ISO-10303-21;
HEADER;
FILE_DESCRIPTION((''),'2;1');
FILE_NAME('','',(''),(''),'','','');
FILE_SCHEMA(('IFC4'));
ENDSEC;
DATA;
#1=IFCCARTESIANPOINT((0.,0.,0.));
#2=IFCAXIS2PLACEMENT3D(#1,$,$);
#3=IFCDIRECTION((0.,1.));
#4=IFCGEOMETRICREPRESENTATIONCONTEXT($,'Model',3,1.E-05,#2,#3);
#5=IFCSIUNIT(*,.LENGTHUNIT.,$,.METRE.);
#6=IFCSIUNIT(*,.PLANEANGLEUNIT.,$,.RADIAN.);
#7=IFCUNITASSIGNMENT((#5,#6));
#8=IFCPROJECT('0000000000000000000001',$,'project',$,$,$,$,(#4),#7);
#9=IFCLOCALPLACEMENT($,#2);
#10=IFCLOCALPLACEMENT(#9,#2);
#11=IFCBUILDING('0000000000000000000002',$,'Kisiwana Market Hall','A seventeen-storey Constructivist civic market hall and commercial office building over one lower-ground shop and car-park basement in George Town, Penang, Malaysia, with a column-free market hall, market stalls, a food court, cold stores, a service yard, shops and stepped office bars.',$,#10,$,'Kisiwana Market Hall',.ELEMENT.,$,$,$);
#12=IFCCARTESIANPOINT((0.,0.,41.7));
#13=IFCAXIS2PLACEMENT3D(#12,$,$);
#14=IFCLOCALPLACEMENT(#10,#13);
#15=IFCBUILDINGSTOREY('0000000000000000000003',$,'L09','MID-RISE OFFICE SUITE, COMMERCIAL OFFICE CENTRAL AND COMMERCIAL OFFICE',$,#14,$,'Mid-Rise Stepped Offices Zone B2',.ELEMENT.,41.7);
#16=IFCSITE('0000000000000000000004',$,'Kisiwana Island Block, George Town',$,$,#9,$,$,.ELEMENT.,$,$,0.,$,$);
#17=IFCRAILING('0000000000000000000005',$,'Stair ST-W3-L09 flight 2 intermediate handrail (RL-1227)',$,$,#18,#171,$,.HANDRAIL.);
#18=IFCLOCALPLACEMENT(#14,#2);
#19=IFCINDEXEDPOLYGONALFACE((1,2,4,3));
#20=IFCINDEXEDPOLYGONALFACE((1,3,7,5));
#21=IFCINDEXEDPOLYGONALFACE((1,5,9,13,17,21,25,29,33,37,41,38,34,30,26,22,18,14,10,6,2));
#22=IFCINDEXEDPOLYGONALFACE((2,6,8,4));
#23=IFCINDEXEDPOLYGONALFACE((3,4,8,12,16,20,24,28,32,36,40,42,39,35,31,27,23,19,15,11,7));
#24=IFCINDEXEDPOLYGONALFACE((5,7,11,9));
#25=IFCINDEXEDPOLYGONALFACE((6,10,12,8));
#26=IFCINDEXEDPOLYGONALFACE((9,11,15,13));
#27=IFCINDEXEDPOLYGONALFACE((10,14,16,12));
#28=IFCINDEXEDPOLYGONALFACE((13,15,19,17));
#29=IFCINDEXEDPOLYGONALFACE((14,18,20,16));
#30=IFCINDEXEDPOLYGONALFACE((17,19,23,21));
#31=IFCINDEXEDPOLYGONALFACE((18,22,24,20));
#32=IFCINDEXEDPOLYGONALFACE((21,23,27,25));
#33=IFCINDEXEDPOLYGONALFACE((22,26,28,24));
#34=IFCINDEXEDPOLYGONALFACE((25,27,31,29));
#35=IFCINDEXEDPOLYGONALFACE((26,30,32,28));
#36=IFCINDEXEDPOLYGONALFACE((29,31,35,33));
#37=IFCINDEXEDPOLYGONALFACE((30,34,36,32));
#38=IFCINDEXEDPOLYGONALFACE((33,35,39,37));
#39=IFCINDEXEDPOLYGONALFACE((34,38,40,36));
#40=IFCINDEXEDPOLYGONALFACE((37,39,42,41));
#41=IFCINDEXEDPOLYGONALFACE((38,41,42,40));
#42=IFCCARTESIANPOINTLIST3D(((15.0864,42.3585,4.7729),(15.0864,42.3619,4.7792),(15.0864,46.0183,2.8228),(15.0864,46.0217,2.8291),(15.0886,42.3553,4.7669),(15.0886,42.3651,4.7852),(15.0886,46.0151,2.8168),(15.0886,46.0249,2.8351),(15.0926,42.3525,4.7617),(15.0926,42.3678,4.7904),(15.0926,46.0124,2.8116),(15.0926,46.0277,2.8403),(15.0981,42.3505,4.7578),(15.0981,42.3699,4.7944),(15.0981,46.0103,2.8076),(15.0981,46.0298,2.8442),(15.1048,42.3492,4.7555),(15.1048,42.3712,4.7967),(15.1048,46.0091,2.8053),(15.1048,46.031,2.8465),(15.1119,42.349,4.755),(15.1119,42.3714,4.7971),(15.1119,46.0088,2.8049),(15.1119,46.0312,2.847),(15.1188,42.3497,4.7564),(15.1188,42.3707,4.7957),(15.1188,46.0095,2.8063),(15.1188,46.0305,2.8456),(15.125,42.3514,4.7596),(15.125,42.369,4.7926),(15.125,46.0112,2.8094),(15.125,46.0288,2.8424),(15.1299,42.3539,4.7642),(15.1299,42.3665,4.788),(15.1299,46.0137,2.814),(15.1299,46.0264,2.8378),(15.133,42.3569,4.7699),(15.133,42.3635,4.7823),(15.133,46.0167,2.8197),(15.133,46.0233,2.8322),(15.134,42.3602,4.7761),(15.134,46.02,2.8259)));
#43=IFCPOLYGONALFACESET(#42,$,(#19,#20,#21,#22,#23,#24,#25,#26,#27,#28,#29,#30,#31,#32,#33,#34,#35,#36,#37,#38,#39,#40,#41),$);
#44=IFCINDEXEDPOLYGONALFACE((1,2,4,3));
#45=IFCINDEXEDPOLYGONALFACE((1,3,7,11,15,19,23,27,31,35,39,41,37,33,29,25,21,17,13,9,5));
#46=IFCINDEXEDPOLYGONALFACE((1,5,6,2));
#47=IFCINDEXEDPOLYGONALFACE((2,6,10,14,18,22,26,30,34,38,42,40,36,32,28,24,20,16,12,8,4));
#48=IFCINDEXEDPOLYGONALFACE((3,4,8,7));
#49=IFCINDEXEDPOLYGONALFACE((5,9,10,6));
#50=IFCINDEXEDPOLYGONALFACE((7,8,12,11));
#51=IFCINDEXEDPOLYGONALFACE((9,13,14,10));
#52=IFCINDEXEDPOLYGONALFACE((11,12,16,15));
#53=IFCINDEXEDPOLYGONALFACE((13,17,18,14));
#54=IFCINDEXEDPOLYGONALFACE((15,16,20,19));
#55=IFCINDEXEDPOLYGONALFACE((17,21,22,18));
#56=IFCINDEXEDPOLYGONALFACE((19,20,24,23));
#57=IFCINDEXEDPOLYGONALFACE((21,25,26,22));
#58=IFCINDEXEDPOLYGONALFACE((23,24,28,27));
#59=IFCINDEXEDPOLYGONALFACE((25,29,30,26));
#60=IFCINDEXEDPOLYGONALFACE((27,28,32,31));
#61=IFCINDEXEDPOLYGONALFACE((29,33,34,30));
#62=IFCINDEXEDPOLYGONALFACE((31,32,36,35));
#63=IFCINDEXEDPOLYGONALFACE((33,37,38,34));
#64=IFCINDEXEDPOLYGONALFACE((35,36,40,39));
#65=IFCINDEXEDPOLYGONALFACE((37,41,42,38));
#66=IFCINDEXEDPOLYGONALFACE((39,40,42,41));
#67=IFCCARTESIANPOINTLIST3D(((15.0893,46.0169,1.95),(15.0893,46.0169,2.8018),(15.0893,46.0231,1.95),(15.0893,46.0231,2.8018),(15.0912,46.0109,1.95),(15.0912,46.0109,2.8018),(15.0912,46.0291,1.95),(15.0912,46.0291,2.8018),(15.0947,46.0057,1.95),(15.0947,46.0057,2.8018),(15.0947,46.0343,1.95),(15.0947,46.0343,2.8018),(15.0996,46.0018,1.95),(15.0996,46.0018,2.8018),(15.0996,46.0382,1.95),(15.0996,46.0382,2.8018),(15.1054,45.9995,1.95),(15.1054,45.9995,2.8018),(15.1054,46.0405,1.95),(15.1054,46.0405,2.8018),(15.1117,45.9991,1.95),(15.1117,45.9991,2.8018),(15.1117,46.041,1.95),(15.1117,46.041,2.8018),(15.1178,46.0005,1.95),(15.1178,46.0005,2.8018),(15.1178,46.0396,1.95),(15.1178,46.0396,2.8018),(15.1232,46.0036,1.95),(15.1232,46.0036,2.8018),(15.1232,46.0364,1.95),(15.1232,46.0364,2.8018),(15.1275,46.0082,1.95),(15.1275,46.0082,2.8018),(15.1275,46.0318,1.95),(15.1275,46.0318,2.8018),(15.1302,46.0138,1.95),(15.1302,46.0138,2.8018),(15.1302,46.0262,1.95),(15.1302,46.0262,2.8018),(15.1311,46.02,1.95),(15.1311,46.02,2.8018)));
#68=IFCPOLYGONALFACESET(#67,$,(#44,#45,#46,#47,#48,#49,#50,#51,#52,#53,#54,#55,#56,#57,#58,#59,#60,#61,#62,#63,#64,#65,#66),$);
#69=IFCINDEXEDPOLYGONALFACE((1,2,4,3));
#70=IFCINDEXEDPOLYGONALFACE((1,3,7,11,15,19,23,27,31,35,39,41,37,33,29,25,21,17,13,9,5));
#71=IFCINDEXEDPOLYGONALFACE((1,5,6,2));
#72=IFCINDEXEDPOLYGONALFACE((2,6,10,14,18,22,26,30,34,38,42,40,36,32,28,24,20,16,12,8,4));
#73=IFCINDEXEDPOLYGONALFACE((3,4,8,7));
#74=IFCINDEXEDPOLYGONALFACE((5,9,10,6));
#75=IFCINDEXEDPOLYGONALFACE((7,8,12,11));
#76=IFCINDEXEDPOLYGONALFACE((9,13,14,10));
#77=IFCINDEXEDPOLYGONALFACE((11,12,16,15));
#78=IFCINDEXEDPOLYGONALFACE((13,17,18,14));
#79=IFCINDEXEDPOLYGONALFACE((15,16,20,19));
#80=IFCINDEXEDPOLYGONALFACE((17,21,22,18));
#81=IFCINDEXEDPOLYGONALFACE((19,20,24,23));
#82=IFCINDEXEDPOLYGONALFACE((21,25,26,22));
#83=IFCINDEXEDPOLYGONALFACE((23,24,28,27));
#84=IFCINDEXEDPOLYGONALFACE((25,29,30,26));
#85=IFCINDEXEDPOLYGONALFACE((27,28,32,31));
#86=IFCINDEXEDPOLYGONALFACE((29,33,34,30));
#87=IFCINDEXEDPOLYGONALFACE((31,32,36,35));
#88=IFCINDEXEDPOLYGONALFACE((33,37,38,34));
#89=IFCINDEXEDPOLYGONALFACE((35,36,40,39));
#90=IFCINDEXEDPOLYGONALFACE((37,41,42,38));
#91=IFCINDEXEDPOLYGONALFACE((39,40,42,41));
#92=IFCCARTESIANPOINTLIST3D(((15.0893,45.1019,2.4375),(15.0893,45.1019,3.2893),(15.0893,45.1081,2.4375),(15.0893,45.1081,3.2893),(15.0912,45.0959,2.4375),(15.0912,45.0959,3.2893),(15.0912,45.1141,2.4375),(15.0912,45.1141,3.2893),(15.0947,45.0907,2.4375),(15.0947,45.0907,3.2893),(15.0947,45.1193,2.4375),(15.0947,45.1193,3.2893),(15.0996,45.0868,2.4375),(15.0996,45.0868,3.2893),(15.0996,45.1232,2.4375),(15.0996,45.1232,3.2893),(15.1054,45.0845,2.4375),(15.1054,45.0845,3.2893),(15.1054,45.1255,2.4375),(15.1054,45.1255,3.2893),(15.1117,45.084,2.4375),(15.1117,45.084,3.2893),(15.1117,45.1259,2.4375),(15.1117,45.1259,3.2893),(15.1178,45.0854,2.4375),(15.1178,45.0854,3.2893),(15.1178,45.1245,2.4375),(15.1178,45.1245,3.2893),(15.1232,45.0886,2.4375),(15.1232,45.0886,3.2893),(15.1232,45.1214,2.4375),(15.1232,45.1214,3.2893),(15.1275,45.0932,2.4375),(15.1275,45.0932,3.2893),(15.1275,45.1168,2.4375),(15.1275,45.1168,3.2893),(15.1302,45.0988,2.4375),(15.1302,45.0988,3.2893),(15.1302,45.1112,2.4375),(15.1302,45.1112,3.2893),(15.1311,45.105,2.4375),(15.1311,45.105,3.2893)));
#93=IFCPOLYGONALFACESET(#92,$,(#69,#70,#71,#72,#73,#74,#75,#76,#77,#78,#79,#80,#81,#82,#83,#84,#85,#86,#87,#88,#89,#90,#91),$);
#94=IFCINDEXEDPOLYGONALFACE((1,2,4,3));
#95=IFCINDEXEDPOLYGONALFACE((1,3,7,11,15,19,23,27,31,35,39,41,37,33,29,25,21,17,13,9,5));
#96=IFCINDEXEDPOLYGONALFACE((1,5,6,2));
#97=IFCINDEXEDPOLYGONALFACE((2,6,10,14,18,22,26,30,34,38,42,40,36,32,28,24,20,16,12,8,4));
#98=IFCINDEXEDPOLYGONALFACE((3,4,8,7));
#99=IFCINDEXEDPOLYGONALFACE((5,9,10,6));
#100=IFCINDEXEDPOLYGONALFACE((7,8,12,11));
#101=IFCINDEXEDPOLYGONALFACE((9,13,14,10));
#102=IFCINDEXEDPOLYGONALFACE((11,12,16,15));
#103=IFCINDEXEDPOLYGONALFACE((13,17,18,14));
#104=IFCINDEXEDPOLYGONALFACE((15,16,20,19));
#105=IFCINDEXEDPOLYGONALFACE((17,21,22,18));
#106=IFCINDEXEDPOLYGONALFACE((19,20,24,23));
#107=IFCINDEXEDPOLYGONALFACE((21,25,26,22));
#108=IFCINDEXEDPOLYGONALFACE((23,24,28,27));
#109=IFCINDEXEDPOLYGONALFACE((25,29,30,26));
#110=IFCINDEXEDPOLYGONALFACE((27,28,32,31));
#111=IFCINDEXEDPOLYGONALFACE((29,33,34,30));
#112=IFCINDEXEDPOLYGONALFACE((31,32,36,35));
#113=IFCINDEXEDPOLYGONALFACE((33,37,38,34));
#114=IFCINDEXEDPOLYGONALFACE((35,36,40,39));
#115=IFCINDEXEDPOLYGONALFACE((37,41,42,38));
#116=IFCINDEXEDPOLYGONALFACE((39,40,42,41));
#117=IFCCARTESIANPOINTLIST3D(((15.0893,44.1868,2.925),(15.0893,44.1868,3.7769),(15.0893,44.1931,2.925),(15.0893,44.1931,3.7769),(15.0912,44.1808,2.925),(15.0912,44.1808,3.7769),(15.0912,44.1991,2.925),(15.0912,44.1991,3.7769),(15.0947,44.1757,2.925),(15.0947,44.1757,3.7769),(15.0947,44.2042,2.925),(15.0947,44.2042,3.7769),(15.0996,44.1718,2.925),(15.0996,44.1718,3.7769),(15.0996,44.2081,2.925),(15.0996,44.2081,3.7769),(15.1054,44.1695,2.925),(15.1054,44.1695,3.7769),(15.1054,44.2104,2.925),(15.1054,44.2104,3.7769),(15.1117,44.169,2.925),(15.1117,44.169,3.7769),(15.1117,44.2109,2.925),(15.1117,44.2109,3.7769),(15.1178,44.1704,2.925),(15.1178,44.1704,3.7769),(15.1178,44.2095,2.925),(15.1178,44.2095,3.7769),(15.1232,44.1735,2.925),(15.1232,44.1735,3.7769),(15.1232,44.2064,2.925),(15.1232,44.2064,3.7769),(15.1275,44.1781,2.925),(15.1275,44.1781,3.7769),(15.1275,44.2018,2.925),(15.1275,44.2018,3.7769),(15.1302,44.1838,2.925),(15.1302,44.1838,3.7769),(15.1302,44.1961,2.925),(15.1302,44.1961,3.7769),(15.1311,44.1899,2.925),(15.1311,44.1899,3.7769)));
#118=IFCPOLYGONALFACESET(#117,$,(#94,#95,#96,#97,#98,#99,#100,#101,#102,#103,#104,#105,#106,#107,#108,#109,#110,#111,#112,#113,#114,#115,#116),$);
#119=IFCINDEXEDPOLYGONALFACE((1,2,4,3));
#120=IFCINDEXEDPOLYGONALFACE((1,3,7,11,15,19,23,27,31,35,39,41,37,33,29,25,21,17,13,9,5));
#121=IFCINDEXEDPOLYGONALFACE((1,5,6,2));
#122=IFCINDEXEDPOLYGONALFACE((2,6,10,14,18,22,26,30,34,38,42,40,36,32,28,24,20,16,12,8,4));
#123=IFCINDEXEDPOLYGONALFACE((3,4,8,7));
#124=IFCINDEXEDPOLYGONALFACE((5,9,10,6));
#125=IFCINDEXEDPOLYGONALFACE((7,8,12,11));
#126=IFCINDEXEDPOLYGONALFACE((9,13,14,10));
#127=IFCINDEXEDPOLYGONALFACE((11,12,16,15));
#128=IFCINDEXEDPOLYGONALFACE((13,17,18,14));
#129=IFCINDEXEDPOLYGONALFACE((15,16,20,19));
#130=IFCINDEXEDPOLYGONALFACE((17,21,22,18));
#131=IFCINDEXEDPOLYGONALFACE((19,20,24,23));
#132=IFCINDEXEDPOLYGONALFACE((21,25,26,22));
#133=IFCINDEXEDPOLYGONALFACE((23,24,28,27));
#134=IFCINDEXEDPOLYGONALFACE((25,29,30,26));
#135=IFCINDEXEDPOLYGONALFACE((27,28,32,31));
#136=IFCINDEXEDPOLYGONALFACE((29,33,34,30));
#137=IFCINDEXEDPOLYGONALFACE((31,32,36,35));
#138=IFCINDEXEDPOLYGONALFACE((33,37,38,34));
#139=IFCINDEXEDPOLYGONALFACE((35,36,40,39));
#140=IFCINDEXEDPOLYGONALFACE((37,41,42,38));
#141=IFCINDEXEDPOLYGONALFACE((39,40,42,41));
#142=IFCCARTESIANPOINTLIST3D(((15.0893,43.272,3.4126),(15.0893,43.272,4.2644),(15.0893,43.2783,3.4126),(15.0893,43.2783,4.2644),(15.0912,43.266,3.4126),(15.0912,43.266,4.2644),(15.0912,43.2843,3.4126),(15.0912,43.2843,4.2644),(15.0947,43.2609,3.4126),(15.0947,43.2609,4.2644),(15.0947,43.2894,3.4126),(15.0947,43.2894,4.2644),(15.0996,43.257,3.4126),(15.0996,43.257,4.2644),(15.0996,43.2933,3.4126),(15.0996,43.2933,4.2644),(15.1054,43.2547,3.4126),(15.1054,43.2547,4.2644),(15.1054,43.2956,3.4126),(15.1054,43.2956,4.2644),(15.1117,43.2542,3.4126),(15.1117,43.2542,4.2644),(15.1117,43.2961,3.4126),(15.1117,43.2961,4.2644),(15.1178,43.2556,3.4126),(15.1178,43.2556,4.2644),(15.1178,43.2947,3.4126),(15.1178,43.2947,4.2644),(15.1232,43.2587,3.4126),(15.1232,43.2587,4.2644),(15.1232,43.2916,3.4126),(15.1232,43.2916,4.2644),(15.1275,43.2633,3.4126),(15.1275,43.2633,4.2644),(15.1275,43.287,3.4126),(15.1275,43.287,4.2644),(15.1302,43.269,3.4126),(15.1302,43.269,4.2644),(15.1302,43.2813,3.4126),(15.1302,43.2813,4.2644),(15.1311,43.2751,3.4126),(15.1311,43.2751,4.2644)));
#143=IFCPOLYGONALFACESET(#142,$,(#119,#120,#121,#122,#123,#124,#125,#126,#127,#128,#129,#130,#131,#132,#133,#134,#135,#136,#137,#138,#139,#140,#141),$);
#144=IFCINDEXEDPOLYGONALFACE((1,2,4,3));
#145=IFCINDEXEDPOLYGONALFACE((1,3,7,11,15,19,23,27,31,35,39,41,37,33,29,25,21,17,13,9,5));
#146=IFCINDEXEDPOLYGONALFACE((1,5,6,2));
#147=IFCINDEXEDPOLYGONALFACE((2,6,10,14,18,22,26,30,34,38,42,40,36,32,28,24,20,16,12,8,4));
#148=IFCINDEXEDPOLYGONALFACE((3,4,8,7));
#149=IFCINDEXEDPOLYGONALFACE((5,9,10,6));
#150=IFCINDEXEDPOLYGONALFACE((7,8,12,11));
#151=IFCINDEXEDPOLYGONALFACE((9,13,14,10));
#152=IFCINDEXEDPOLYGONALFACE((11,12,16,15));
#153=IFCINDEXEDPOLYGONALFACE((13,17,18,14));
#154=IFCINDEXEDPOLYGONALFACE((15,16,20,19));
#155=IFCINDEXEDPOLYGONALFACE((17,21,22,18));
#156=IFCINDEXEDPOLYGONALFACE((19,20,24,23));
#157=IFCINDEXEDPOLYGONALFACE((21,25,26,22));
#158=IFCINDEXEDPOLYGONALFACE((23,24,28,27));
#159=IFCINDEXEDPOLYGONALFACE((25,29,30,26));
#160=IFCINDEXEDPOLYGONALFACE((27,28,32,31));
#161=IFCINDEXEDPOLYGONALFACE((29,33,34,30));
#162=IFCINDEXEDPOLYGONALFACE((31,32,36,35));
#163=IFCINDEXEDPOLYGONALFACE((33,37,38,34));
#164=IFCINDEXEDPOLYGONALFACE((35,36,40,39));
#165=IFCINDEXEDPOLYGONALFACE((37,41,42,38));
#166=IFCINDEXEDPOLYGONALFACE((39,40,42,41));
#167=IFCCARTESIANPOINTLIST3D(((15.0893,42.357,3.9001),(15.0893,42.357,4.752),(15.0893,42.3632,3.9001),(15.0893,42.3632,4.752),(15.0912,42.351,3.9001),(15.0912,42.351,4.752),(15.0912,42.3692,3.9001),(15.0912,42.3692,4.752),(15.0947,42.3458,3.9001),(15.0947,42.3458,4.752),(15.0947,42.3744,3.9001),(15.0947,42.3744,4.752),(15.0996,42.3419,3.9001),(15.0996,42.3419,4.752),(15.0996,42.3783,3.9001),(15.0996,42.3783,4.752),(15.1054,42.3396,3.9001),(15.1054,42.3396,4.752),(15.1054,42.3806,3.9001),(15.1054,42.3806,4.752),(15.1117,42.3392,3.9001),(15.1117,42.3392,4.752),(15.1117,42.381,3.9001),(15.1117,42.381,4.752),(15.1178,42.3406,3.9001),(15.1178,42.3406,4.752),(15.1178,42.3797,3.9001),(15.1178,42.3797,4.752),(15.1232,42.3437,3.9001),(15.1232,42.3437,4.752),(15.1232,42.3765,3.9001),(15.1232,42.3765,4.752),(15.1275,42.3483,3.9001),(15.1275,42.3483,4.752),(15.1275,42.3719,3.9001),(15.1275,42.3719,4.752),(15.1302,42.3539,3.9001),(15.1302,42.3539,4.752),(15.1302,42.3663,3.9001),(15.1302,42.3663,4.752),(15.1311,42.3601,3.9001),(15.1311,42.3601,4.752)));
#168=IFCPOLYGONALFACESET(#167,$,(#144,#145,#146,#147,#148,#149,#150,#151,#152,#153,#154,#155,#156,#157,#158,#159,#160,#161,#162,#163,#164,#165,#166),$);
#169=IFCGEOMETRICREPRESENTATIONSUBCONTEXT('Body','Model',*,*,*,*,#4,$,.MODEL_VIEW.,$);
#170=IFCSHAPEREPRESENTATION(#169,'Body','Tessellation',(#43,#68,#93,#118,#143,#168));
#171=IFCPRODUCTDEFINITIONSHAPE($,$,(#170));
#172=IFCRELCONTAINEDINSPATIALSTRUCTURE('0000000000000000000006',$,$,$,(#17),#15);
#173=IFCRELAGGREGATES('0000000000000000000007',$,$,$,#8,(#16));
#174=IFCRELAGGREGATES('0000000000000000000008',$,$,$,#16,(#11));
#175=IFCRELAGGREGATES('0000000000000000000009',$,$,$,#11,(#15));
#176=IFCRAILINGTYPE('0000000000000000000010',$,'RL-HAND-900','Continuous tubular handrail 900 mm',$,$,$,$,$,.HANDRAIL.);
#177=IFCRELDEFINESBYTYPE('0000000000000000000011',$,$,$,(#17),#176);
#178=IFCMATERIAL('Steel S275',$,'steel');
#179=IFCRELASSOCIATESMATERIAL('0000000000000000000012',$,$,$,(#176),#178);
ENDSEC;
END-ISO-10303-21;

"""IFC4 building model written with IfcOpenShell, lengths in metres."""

from ifc_helpers import new_model, si_unit, direction, frame, origin, origin_2d, place, context, subcontext, project, spatial, circle, extrude, material, type_object, element, save


model = new_model("IFC4")

# Units and contexts
model_context = context("Model", 3, precision=1e-05, world=origin(), true_north=direction((0.0, 1.0)))
body_context = subcontext(model_context, "Body", "Model", "MODEL_VIEW")
ifc_project = project(units=[si_unit("LENGTHUNIT", "METRE"), si_unit("PLANEANGLEUNIT", "RADIAN")], contexts=[model_context])

# Site, building, storey
site_placement = place(None, origin())
site = spatial("IfcSite", under=ifc_project, at=site_placement, Name="Kisiwana Island Block, George Town", CompositionType="ELEMENT", RefElevation=0.0)
building_placement = place(site_placement, origin())
building = spatial("IfcBuilding", under=site, at=building_placement, Name="Kisiwana Market Hall", Description="A seventeen-storey Constructivist civic market hall and commercial office building over one lower-ground shop and car-park basement in George Town, Penang, Malaysia, with a column-free market hall, market stalls, a food court, cold stores, a service yard, shops and stepped office bars.", LongName="Kisiwana Market Hall", CompositionType="ELEMENT")
storey_placement = place(building_placement, frame((0.0, 0.0, 41.7)))
storey = spatial("IfcBuildingStorey", under=building, at=storey_placement, Name="L09", Description="MID-RISE OFFICE SUITE, COMMERCIAL OFFICE CENTRAL AND COMMERCIAL OFFICE", LongName="Mid-Rise Stepped Offices Zone B2", CompositionType="ELEMENT", Elevation=41.7)

# Railing
ifc_material_1 = material(Name="Steel S275", Category="steel")
railing_type_1 = type_object("IfcRailingType", Name="RL-HAND-900", Description="Continuous tubular handrail 900 mm", PredefinedType="HANDRAIL", material=ifc_material_1)
for number, where, name in (
    (1, (15.1101, 46.02, 1.95), "Stair ST-W3-L09 flight 2 intermediate handrail (RL-1227)"),
):
    element("IfcRailing", number, at=place(storey_placement, frame(where)), inside=storey, type_object=railing_type_1, Name=name, PredefinedType="HANDRAIL", context=body_context, shape_type="SweptSolid", body=[
        extrude(circle(Radius=0.0239, at=origin_2d()), frame((0.0, 0.0, 0.876), z_axis=(0.0, -0.882529, 0.470258), x_axis=(1.0, 0.0, 0.0)), (0.0, 0.0, 1.0), 4.147),
        extrude(circle(Radius=0.021, at=origin_2d()), origin(), (0.0, 0.0, 1.0), 0.8518),
        extrude(circle(Radius=0.021, at=origin_2d()), frame((0.0, -0.915, 0.4875)), (0.0, 0.0, 1.0), 0.8518),
        extrude(circle(Radius=0.021, at=origin_2d()), frame((0.0, -1.8301, 0.9751)), (0.0, 0.0, 1.0), 0.8518),
        extrude(circle(Radius=0.021, at=origin_2d()), frame((0.0, -2.7449, 1.4626)), (0.0, 0.0, 1.0), 0.8518),
        extrude(circle(Radius=0.021, at=origin_2d()), frame((0.0, -3.6599, 1.9502)), (0.0, 0.0, 1.0), 0.8518),
    ])

save(model, "model.ifc")
